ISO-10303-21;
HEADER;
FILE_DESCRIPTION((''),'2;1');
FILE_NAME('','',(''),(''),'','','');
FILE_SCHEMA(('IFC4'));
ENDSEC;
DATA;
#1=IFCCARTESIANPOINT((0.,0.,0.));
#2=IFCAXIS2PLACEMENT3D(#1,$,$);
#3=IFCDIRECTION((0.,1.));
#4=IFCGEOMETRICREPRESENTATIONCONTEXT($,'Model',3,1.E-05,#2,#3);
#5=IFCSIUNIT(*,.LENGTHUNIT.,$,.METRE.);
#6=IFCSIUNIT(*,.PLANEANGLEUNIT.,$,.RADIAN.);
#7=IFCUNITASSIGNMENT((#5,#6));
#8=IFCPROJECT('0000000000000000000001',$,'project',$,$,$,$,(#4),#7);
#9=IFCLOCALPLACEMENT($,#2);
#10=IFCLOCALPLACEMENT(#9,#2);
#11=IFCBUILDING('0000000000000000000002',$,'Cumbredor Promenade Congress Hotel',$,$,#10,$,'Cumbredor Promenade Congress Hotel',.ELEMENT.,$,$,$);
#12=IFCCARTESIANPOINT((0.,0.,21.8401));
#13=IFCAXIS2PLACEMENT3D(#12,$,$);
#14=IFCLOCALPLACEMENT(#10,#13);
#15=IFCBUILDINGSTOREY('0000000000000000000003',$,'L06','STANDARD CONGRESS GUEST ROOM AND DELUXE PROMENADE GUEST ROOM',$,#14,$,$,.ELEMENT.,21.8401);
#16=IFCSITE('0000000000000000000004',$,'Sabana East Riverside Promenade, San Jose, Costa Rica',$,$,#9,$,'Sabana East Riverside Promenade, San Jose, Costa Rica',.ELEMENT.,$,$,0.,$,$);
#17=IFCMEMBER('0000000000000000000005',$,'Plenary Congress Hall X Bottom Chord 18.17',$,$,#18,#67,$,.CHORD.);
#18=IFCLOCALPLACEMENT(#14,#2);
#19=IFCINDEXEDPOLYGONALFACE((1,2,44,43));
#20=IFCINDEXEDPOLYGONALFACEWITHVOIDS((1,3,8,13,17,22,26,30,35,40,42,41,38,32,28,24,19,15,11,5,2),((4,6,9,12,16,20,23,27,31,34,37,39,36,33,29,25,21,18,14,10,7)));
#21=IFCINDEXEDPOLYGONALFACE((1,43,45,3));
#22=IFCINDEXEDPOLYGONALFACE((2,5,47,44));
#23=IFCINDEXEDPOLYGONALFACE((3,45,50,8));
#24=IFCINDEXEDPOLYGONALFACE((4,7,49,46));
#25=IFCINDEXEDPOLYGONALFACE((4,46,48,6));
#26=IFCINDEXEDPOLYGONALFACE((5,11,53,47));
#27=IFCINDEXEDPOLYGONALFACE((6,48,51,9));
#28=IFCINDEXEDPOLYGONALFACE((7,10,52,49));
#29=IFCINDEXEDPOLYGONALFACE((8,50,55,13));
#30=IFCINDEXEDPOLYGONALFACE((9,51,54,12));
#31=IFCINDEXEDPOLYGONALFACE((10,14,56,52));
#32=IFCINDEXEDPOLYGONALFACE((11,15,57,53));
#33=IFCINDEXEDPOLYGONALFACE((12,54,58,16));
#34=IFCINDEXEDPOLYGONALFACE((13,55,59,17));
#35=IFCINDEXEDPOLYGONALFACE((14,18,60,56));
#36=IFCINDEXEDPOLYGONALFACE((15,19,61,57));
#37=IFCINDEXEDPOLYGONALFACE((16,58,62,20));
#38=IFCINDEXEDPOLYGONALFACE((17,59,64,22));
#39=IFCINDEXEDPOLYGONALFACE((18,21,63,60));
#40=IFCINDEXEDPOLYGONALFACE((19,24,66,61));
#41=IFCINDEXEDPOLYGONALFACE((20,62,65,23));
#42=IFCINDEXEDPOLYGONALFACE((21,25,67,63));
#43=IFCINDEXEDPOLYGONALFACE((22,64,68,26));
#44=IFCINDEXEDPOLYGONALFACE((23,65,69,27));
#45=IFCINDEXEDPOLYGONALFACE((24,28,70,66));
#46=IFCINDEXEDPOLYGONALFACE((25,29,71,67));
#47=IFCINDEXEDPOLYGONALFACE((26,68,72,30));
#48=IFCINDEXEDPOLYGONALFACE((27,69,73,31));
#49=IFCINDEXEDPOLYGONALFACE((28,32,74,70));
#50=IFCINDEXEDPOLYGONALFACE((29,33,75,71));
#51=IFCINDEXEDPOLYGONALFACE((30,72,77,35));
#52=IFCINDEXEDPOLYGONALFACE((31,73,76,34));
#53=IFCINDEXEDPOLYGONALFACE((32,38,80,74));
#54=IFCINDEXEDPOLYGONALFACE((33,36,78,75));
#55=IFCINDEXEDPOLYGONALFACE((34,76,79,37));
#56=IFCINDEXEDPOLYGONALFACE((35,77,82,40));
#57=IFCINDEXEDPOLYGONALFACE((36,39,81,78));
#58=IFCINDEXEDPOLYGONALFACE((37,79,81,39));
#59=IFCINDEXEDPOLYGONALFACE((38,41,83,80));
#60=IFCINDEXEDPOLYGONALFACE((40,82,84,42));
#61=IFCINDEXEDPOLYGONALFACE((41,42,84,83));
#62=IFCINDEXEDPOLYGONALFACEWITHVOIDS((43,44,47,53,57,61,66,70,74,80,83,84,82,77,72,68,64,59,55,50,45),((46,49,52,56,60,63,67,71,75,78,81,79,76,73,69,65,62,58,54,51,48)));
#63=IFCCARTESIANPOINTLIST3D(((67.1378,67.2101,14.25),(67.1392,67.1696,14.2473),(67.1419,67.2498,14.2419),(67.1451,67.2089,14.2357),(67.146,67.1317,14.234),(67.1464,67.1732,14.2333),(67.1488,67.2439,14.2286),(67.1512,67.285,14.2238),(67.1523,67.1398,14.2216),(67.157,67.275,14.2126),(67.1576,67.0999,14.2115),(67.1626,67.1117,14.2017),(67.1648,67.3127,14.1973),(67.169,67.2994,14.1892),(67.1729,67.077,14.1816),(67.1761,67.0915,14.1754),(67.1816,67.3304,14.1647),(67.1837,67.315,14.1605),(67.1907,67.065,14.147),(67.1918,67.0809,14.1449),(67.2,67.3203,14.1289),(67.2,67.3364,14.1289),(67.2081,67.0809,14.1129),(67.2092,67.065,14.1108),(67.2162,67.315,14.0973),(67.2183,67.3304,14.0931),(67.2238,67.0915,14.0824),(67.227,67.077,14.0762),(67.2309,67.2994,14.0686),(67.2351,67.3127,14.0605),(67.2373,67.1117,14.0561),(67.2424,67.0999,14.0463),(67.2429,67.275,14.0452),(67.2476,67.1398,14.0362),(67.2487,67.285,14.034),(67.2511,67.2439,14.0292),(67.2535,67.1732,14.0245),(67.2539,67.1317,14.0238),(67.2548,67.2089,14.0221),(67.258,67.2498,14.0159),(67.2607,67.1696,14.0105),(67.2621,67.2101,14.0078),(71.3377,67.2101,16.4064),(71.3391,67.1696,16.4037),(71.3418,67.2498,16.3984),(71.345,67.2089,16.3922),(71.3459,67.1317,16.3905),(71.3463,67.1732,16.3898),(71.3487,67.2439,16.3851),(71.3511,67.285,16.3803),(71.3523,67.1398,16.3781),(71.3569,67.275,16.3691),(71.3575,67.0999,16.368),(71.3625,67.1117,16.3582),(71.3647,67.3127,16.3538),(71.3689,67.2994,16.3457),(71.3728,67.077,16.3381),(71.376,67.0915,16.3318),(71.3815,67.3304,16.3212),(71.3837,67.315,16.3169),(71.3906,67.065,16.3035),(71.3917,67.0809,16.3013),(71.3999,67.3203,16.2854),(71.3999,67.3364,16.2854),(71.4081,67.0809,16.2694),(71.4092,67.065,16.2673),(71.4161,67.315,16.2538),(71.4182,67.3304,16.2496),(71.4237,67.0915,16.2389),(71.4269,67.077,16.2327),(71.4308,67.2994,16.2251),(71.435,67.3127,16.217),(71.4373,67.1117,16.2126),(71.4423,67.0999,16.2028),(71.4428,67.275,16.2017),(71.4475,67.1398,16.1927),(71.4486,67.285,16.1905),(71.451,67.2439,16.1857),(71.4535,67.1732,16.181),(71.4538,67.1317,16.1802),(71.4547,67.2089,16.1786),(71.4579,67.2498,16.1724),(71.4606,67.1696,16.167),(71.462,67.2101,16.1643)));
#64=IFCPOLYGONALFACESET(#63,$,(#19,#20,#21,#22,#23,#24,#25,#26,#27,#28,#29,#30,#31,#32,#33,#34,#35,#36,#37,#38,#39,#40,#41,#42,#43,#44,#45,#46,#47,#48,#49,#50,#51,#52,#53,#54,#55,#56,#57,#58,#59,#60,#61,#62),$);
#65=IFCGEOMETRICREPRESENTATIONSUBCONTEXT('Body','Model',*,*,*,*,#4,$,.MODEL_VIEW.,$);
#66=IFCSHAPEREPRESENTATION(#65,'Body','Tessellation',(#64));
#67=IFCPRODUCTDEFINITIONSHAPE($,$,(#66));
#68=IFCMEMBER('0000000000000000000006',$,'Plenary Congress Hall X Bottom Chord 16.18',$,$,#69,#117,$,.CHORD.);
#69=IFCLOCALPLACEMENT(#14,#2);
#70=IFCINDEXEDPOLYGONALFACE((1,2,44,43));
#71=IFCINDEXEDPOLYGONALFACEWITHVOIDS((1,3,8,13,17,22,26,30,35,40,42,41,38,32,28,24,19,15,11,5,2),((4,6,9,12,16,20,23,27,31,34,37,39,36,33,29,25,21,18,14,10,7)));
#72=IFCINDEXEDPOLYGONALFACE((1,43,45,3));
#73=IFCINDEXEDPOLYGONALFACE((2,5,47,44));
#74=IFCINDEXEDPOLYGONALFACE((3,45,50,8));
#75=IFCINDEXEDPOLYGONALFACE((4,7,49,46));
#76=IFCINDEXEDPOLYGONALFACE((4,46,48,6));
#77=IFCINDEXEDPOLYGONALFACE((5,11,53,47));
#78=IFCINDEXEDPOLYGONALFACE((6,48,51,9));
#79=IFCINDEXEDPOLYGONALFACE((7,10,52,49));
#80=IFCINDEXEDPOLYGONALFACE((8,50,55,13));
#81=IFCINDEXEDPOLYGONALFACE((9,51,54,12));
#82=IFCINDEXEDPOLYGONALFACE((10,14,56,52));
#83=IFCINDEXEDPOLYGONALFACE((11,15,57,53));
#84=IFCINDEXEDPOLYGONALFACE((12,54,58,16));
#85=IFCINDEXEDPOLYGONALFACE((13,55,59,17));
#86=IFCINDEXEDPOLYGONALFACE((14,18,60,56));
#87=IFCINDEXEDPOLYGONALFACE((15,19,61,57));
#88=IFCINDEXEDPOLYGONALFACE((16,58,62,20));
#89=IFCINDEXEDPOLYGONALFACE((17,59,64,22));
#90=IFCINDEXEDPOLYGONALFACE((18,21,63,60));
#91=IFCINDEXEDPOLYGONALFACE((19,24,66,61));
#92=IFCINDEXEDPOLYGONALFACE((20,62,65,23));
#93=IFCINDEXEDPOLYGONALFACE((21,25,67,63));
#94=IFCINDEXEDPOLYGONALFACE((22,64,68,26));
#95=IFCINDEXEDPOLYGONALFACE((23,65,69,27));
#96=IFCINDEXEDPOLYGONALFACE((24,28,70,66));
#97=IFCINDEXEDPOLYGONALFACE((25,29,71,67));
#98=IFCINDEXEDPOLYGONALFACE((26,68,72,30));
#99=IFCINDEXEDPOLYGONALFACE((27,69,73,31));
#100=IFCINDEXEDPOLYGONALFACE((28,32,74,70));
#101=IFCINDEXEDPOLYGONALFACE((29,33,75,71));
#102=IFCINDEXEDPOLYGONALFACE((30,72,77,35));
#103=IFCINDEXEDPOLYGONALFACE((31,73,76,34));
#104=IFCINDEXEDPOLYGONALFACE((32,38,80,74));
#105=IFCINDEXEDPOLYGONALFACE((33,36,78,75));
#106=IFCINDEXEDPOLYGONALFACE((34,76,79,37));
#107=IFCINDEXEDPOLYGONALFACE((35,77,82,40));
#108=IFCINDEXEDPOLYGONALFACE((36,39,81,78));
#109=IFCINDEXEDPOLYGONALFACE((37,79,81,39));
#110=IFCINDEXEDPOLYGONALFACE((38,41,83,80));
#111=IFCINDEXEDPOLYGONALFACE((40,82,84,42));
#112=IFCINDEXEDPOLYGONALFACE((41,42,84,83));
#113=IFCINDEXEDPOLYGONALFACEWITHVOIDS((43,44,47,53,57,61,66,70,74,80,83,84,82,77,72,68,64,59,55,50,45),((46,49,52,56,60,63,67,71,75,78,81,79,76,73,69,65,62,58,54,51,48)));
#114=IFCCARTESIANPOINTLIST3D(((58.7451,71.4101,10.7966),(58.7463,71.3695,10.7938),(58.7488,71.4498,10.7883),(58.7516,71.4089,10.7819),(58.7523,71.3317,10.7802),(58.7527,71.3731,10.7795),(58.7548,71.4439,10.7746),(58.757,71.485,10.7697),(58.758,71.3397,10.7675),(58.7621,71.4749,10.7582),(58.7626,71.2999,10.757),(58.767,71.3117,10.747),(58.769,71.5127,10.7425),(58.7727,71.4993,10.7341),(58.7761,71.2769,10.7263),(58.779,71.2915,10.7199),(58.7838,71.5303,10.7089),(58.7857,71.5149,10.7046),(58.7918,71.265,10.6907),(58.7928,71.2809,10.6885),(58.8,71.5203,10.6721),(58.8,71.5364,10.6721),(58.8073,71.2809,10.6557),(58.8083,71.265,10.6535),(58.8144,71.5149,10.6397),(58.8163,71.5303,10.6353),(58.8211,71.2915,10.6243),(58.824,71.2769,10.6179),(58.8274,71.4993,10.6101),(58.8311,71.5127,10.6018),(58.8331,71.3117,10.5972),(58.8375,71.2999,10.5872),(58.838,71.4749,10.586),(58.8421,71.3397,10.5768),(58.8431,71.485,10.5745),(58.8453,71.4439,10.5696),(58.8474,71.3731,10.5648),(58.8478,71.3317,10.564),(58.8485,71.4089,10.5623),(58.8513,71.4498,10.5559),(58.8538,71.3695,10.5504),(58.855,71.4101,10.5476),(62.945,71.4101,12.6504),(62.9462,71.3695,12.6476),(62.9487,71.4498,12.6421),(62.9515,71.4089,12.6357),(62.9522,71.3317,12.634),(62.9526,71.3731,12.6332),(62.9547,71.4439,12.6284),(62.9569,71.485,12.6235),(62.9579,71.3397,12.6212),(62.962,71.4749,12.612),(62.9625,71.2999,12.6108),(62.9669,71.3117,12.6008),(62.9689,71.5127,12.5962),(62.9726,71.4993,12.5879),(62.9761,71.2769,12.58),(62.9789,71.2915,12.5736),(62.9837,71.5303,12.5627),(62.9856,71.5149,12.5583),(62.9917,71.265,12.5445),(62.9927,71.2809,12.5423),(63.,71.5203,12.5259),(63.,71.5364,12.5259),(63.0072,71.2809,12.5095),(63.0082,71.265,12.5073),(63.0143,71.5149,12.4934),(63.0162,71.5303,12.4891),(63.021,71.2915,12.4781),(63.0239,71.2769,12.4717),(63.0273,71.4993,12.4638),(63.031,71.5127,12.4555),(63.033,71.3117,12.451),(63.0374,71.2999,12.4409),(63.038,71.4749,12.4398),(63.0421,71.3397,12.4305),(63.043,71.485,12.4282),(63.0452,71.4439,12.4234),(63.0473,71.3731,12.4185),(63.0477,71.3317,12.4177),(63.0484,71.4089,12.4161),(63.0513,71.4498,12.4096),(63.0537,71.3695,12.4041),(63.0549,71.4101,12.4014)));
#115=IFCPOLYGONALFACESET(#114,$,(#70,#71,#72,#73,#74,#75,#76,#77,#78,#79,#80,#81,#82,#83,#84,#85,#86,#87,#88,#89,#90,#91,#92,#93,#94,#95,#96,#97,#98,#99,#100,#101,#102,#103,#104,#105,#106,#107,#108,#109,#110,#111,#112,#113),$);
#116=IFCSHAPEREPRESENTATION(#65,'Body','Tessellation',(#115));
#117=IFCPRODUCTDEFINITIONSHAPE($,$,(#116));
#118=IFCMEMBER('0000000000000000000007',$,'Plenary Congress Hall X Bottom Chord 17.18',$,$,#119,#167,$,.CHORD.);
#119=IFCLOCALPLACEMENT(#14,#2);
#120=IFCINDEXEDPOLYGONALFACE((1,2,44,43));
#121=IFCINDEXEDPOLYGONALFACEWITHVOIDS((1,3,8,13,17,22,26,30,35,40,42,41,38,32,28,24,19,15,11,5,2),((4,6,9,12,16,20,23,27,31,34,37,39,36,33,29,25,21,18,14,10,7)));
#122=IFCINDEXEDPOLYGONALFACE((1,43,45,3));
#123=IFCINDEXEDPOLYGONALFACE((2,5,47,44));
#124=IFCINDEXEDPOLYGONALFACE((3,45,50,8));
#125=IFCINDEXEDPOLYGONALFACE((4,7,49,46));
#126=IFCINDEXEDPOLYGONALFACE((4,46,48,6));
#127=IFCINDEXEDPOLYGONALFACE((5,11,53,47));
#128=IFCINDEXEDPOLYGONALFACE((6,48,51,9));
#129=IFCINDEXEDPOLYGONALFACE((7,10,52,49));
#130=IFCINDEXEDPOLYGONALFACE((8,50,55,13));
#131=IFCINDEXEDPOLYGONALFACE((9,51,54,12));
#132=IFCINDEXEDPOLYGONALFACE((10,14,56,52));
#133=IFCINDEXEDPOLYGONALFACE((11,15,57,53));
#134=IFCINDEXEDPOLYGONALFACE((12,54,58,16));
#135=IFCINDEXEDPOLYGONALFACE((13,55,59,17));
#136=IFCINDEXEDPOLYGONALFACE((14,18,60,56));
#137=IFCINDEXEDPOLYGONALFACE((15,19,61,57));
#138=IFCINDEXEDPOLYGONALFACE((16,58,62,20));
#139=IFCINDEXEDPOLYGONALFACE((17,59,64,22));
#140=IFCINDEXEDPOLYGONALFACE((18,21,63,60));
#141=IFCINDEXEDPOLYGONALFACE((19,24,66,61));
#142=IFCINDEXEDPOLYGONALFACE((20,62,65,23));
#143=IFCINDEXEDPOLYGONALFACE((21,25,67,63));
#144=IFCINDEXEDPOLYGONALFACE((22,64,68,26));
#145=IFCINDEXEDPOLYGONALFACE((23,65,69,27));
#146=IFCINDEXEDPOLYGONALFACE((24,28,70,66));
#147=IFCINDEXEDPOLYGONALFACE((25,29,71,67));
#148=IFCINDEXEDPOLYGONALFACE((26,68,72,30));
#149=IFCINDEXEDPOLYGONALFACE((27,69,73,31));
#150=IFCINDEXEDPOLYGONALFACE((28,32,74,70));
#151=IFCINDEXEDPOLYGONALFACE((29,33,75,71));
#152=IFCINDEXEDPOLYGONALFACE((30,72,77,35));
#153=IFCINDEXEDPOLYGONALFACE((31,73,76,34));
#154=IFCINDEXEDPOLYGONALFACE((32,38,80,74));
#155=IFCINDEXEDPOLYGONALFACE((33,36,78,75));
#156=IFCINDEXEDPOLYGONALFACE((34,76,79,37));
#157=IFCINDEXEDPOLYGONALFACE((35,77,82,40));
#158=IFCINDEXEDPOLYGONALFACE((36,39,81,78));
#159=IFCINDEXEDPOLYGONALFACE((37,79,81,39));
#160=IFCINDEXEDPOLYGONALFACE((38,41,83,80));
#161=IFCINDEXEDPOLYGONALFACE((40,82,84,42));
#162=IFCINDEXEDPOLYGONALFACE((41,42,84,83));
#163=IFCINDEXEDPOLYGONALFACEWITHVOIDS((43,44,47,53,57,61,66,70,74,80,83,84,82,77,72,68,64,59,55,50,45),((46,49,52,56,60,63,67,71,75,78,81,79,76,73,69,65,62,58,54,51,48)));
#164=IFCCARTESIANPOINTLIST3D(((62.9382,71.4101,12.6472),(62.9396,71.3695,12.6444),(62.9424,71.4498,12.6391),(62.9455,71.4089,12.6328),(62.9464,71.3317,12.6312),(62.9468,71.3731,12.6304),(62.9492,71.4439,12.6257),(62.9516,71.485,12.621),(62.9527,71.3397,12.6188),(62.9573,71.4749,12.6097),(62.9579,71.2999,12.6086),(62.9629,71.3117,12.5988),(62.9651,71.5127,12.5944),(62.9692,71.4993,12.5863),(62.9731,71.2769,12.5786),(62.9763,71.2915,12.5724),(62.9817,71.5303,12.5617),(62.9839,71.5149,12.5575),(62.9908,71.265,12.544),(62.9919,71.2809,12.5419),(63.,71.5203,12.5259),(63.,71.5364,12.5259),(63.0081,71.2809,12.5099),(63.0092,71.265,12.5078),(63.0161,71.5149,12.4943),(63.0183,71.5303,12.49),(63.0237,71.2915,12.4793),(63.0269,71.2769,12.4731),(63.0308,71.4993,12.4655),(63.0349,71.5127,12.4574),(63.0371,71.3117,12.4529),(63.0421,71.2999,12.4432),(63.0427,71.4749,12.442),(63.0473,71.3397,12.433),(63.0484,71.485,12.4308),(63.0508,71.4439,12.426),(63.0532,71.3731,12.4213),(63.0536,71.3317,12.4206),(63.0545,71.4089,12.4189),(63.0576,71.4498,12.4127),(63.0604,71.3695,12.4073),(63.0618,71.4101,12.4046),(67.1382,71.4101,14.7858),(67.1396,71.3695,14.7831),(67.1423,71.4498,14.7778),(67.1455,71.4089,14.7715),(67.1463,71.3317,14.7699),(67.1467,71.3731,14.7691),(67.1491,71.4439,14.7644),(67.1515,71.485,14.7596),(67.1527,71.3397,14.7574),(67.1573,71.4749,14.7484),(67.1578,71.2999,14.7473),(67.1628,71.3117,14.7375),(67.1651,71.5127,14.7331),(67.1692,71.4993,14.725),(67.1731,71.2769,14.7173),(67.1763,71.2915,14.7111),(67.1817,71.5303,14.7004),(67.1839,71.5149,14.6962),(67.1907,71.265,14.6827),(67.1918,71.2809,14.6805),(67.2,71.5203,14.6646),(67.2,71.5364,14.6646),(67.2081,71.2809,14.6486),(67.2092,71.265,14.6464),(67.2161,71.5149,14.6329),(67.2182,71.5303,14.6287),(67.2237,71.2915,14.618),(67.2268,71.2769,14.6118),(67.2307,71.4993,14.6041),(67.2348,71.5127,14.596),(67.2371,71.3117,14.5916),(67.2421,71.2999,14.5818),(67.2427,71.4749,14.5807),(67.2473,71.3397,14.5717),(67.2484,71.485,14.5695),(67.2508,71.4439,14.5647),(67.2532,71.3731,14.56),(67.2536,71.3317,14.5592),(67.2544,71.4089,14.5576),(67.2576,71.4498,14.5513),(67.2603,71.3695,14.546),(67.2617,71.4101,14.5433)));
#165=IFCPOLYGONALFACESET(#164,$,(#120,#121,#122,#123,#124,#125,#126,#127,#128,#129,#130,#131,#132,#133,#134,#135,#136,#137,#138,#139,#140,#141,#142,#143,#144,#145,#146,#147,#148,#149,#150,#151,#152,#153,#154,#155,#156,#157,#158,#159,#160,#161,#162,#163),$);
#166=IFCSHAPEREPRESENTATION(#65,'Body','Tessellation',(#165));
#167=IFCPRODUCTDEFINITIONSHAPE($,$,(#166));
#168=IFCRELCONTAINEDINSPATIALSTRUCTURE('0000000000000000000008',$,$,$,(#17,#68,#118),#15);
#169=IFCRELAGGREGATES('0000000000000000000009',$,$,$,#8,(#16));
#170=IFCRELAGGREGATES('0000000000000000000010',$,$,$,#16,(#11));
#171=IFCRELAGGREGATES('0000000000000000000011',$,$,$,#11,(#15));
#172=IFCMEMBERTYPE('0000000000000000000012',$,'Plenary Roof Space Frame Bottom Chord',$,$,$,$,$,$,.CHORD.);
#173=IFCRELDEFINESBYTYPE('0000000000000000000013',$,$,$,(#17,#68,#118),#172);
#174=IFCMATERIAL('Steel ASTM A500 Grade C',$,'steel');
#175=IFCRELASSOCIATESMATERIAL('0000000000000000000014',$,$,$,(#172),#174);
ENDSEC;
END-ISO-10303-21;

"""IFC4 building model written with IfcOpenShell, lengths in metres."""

from ifc_helpers import new_model, si_unit, direction, frame, origin, origin_2d, place, context, subcontext, project, spatial, hollow_circle, extrude, material, material_profile, profile_set, type_object, element, save


model = new_model("IFC4")

# Units and contexts
model_context = context("Model", 3, precision=1e-05, world=origin(), true_north=direction((0.0, 1.0)))
body_context = subcontext(model_context, "Body", "Model", "MODEL_VIEW")
ifc_project = project(units=[si_unit("LENGTHUNIT", "METRE"), si_unit("PLANEANGLEUNIT", "RADIAN")], contexts=[model_context])

# Site, building, storey
site_placement = place(None, origin())
site = spatial("IfcSite", under=ifc_project, at=site_placement, Name="Sabana East Riverside Promenade, San Jose, Costa Rica", LongName="Sabana East Riverside Promenade, San Jose, Costa Rica", CompositionType="ELEMENT", RefElevation=0.0)
building_placement = place(site_placement, origin())
building = spatial("IfcBuilding", under=site, at=building_placement, Name="Cumbredor Promenade Congress Hotel", LongName="Cumbredor Promenade Congress Hotel", CompositionType="ELEMENT")
storey_placement = place(building_placement, frame((0.0, 0.0, 21.8401)))
storey = spatial("IfcBuildingStorey", under=building, at=storey_placement, Name="L06", Description="STANDARD CONGRESS GUEST ROOM AND DELUXE PROMENADE GUEST ROOM", CompositionType="ELEMENT", Elevation=21.8401)

# Members
ifc_material_1 = material(Name="Steel ASTM A500 Grade C", Category="steel")
ifc_material_profile_1 = material_profile(ifc_material_1, hollow_circle(Radius=0.1365, WallThickness=0.0161, at=origin_2d()), Name="CHS 273.0x16")
ifc_profile_set_1 = profile_set([ifc_material_profile_1], Name="Steel ASTM A500 Grade C")
member_type_1 = type_object("IfcMemberType", Name="Plenary Roof Space Frame Bottom Chord", PredefinedType="CHORD", material=ifc_profile_set_1)
member_1_placement = place(storey_placement, frame((67.2, 67.2, 14.1289), z_axis=(0.889587, 0.0, 0.456765), x_axis=(0.0, 1.0, 0.0)))
element("IfcMember", 1, at=member_1_placement, inside=storey, type_object=member_type_1, Name="Plenary Congress Hall X Bottom Chord 18.17", PredefinedType="CHORD", context=body_context, shape_type="SweptSolid", body=[
    extrude(hollow_circle(Radius=0.1365, WallThickness=0.0161, at=origin_2d()), origin(), (0.0, 0.0, 1.0), 4.7212),
])
member_2_placement = place(storey_placement, frame((58.8, 71.3999, 10.6721), z_axis=(0.91485, 0.0, 0.403793), x_axis=(0.0, 1.0, 0.0)))
element("IfcMember", 2, at=member_2_placement, inside=storey, type_object=member_type_1, Name="Plenary Congress Hall X Bottom Chord 16.18", PredefinedType="CHORD", context=body_context, shape_type="SweptSolid", body=[
    extrude(hollow_circle(Radius=0.1365, WallThickness=0.0161, at=origin_2d()), origin(), (0.0, 0.0, 1.0), 4.5908),
])
member_3_placement = place(storey_placement, frame((63.0, 71.3999, 12.5259), z_axis=(0.891119, 0.0, 0.45377), x_axis=(0.0, 1.0, 0.0)))
element("IfcMember", 3, at=member_3_placement, inside=storey, type_object=member_type_1, Name="Plenary Congress Hall X Bottom Chord 17.18", PredefinedType="CHORD", context=body_context, shape_type="SweptSolid", body=[
    extrude(hollow_circle(Radius=0.1365, WallThickness=0.0161, at=origin_2d()), origin(), (0.0, 0.0, 1.0), 4.7131),
])

save(model, "model.ifc")
